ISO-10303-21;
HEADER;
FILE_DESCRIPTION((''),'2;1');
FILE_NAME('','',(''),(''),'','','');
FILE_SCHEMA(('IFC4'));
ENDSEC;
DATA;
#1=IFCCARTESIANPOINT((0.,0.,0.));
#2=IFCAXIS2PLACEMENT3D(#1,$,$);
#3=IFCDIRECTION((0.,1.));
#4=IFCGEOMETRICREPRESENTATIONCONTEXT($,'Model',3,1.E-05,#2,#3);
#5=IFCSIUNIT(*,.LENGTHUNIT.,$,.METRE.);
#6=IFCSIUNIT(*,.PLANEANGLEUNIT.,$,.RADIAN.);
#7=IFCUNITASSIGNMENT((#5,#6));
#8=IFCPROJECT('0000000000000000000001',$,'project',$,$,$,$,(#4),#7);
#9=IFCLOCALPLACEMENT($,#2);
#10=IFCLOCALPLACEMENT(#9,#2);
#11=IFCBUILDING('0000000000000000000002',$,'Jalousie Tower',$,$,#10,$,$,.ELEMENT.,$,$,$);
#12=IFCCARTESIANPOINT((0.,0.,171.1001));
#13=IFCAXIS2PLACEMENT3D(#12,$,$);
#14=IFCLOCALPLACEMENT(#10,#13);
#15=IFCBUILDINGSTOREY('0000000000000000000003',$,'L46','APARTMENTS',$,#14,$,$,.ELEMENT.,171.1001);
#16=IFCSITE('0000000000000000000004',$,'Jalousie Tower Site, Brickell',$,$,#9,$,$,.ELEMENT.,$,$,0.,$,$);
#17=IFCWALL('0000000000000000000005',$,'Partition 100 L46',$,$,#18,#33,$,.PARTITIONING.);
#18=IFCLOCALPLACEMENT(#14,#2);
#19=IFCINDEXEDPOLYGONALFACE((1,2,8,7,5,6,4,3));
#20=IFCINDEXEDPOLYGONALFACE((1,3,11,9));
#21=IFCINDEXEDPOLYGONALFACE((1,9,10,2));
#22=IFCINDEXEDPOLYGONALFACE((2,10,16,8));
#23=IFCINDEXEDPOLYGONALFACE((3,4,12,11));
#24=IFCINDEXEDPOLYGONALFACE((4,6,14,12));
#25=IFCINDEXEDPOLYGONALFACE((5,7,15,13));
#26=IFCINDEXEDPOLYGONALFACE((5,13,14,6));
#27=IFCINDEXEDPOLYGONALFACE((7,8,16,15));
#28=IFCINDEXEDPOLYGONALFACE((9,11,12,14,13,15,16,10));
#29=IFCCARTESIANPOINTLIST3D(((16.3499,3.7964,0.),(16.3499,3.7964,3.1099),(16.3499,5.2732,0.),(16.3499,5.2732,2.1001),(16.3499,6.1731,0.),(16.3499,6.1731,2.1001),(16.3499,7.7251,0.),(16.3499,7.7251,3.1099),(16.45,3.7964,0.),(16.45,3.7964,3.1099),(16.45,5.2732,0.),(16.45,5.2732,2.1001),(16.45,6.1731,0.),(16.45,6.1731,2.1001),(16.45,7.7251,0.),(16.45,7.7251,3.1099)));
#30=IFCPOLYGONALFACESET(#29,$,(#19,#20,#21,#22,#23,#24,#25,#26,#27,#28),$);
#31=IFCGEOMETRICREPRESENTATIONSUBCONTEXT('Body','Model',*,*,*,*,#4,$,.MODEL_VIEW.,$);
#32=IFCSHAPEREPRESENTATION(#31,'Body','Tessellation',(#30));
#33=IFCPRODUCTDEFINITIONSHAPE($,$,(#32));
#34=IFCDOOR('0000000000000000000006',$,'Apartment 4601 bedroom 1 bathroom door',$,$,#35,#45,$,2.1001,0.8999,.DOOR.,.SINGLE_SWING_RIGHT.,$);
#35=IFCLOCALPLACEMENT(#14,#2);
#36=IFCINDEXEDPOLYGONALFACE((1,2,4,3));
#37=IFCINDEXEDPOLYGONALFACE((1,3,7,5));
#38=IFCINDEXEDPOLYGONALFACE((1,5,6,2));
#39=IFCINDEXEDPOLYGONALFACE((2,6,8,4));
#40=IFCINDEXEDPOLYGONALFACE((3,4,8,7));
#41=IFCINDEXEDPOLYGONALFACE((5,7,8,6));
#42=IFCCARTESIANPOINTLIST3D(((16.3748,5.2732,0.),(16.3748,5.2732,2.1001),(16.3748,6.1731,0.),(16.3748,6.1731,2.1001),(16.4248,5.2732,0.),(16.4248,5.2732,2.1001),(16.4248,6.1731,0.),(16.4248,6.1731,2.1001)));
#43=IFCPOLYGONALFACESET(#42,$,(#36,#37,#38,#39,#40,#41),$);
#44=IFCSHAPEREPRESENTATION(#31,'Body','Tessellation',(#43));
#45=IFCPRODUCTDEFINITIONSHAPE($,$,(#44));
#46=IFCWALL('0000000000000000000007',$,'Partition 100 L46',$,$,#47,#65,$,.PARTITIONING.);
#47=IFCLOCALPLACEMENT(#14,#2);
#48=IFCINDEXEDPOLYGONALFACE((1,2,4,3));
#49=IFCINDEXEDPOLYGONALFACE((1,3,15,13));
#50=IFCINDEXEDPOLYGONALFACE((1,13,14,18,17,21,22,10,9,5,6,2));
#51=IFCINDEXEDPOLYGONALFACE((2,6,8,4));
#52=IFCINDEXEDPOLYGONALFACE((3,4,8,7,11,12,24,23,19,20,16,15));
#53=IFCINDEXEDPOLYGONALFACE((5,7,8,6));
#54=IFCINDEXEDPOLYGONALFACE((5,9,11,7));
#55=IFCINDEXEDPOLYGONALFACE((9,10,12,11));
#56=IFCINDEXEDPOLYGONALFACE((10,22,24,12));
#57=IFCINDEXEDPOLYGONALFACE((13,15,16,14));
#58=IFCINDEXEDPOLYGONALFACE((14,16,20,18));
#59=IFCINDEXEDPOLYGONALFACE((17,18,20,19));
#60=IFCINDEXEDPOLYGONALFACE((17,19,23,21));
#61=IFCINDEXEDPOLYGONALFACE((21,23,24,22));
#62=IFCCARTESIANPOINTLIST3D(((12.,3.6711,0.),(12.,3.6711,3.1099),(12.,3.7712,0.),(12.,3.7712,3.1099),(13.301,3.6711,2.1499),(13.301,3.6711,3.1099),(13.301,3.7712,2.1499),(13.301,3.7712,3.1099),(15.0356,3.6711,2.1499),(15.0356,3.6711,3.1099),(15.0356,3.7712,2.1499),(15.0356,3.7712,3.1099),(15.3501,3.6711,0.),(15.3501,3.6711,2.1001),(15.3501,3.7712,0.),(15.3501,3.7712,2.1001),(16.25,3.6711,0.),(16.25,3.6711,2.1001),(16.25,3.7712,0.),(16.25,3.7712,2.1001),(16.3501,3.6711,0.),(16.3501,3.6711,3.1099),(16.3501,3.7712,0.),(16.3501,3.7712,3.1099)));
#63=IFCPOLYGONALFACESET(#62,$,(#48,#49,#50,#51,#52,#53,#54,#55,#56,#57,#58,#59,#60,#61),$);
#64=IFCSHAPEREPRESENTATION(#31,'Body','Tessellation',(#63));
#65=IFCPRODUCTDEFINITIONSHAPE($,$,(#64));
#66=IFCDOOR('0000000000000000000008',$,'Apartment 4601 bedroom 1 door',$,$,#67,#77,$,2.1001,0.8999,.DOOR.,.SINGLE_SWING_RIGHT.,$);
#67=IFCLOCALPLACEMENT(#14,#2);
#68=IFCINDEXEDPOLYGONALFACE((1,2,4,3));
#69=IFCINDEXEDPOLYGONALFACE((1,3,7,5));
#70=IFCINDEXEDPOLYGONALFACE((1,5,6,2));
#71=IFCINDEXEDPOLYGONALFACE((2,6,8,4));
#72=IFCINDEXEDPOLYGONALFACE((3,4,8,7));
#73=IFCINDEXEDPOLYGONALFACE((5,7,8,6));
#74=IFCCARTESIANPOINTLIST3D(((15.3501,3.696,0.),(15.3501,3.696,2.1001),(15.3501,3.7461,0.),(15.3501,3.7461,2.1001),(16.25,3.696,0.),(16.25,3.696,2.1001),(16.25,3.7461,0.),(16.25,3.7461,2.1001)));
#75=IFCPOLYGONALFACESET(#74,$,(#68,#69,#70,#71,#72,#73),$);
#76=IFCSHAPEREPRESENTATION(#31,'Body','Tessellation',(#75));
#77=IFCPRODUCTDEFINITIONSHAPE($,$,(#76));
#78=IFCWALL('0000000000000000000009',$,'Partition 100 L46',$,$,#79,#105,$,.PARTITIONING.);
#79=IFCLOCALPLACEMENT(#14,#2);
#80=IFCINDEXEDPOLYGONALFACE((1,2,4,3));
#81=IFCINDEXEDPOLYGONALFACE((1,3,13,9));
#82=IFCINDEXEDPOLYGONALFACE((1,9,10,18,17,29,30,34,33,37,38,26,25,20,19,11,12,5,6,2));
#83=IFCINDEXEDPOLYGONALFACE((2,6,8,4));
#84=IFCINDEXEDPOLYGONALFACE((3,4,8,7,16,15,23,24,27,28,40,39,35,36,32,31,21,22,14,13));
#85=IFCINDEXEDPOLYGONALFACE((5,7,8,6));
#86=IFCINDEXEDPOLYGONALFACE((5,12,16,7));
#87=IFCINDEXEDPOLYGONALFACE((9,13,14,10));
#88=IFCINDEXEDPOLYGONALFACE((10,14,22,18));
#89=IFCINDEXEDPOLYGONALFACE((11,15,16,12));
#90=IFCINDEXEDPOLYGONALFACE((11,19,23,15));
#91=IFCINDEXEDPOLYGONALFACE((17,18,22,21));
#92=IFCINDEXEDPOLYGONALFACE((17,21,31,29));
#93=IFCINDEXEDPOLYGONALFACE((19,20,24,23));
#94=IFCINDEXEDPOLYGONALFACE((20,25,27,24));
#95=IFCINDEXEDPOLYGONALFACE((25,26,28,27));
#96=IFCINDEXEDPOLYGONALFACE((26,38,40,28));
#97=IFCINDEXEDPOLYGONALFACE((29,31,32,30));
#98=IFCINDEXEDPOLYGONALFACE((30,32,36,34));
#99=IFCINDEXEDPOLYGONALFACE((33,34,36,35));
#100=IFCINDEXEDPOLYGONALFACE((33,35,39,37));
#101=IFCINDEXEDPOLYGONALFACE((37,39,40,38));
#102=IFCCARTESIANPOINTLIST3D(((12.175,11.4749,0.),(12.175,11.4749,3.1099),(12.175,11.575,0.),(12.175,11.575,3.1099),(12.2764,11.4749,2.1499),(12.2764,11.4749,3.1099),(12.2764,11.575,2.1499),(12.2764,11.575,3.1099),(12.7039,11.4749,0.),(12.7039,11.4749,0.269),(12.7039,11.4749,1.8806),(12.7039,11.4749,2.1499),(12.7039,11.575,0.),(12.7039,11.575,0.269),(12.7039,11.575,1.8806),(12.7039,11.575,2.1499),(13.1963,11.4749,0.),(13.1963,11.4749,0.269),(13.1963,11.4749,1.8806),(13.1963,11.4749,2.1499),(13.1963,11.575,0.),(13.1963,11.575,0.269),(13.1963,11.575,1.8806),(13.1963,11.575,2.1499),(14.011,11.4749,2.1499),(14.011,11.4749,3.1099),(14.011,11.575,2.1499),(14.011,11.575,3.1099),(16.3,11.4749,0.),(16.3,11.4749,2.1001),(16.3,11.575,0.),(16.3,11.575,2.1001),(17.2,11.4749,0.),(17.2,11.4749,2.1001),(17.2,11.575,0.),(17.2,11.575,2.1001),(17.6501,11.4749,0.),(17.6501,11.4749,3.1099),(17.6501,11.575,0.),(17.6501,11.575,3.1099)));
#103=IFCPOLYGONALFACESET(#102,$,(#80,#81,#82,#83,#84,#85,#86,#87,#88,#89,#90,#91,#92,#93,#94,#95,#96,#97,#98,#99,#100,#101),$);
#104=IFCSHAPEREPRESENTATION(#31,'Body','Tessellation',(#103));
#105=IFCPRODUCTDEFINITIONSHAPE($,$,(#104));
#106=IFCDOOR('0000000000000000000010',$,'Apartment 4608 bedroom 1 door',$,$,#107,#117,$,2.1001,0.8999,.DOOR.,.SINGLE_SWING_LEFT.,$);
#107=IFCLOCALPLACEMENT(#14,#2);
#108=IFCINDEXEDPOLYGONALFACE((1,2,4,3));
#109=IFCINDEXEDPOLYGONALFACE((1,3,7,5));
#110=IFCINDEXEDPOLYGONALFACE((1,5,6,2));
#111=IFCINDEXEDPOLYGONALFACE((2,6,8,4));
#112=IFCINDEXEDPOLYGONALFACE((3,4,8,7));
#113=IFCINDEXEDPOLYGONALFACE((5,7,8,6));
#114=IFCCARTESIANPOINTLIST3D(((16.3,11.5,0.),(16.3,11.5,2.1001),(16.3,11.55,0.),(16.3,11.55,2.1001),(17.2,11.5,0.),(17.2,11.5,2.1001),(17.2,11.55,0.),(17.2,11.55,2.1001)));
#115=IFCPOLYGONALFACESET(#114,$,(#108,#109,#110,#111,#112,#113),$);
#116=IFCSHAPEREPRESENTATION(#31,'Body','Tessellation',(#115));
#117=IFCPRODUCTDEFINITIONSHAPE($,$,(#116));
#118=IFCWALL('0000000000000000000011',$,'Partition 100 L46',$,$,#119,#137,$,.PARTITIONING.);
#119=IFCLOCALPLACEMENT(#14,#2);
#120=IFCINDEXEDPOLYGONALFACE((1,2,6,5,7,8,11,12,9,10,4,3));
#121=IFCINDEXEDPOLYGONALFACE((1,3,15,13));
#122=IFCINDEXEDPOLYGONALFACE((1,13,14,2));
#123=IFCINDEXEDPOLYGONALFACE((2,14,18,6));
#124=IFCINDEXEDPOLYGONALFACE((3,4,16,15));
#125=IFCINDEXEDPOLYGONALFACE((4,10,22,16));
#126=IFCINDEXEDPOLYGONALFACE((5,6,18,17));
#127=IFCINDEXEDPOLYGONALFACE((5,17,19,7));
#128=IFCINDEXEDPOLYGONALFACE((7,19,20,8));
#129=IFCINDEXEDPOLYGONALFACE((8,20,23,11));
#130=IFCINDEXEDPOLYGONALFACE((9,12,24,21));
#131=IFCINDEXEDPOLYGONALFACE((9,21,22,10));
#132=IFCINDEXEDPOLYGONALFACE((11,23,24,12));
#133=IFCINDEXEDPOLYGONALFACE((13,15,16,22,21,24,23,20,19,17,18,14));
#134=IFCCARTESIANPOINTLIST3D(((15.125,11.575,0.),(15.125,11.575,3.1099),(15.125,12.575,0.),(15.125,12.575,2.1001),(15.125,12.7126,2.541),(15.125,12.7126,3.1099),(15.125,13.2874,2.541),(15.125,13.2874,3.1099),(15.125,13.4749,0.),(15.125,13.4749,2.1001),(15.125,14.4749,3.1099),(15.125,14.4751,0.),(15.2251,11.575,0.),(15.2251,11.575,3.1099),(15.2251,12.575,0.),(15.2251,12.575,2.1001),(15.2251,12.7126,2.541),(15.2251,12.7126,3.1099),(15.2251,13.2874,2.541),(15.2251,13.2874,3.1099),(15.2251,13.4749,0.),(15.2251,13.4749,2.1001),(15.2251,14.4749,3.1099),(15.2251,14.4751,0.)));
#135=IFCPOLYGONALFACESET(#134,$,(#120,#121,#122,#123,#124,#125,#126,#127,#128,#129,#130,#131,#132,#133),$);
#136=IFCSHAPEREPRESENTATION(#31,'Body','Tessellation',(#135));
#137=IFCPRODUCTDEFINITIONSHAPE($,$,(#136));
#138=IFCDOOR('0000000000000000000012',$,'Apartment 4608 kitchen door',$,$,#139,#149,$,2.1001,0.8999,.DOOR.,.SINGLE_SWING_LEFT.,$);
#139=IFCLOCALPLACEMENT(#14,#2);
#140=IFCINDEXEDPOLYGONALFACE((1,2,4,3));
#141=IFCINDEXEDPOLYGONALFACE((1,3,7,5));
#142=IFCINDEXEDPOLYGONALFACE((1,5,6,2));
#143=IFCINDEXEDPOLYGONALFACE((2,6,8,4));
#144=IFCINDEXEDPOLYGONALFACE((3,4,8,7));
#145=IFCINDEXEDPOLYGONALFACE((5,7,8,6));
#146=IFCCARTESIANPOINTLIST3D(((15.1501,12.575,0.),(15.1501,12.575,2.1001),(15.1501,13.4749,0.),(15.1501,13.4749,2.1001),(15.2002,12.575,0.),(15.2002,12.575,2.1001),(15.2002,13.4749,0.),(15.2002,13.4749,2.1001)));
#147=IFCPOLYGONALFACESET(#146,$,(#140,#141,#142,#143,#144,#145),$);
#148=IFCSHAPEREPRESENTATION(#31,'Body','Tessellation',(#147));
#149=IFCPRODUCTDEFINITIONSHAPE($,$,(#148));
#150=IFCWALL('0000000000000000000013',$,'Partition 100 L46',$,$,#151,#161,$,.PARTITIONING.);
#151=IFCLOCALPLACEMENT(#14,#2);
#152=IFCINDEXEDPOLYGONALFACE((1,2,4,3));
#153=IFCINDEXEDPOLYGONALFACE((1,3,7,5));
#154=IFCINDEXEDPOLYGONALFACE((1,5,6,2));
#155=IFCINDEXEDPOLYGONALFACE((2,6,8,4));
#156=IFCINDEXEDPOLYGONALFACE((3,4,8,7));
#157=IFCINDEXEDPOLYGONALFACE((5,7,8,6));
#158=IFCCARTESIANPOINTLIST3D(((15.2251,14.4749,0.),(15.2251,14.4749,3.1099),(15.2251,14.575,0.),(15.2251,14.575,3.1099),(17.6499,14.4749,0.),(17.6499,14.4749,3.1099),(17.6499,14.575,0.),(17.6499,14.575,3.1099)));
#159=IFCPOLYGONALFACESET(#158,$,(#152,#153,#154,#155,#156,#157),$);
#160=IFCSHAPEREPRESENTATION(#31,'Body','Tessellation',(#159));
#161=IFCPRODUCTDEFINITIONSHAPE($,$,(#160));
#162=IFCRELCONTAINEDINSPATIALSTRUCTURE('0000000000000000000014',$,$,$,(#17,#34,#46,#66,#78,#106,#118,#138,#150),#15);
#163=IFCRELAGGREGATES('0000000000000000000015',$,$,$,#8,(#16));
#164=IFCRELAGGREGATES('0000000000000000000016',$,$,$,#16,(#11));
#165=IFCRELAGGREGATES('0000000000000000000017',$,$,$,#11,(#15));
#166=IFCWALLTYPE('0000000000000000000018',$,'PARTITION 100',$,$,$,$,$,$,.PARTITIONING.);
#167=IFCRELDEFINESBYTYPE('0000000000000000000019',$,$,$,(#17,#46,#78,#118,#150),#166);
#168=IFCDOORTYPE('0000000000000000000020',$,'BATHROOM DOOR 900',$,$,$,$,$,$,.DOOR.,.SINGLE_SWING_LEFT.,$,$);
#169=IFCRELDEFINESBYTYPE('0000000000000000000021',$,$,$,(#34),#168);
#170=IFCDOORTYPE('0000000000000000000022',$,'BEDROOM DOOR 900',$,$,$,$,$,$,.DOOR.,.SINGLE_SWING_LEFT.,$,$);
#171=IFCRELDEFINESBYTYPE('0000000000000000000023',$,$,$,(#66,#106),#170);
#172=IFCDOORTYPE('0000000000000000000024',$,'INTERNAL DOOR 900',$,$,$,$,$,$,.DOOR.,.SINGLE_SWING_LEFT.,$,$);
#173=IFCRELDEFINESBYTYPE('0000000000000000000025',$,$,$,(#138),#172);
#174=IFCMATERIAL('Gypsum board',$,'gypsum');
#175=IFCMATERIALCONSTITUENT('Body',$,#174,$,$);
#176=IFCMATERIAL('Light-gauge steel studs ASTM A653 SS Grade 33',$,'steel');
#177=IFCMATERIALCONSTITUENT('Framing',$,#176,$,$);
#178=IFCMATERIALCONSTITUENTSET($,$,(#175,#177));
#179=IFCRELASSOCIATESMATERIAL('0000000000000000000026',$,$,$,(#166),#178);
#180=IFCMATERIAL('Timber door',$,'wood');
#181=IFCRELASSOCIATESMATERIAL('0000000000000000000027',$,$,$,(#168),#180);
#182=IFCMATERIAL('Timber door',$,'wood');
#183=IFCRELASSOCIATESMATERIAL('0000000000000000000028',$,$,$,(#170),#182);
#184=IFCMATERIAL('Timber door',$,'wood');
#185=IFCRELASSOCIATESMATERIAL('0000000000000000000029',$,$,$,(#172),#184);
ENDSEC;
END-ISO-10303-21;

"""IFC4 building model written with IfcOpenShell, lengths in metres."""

from ifc_helpers import new_model, si_unit, direction, frame, frame_2d, origin, place, context, subcontext, project, spatial, polyline, rectangle, outline, extrude, material, constituent, constituent_set, type_object, element, fill, save


model = new_model("IFC4")

# Units and contexts
model_context = context("Model", 3, precision=1e-05, world=origin(), true_north=direction((0.0, 1.0)))
body_context = subcontext(model_context, "Body", "Model", "MODEL_VIEW")
ifc_project = project(units=[si_unit("LENGTHUNIT", "METRE"), si_unit("PLANEANGLEUNIT", "RADIAN")], contexts=[model_context])

# Site, building, storey
site_placement = place(None, origin())
site = spatial("IfcSite", under=ifc_project, at=site_placement, Name="Jalousie Tower Site, Brickell", CompositionType="ELEMENT", RefElevation=0.0)
building_placement = place(site_placement, origin())
building = spatial("IfcBuilding", under=site, at=building_placement, Name="Jalousie Tower", CompositionType="ELEMENT")
storey_placement = place(building_placement, frame((0.0, 0.0, 171.1001)))
storey = spatial("IfcBuildingStorey", under=building, at=storey_placement, Name="L46", Description="APARTMENTS", CompositionType="ELEMENT", Elevation=171.1001)

# Walls, openings, doors
ifc_material_1 = material(Name="Gypsum board", Category="gypsum")
ifc_constituent_1 = constituent(ifc_material_1, Name="Body")
ifc_material_2 = material(Name="Light-gauge steel studs ASTM A653 SS Grade 33", Category="steel")
ifc_constituent_2 = constituent(ifc_material_2, Name="Framing")
ifc_constituent_set_1 = constituent_set(constituents=[ifc_constituent_1, ifc_constituent_2])
wall_type_1 = type_object("IfcWallType", Name="PARTITION 100", PredefinedType="PARTITIONING", material=ifc_constituent_set_1)
wall_1_placement = place(storey_placement, frame((16.3999, 3.7964, 0.0), z_axis=(0.0, 0.0, 1.0), x_axis=(0.0, 1.0, 0.0)))
wall_1 = element("IfcWall", 1, at=wall_1_placement, inside=storey, type_object=wall_type_1, Name="Partition 100 L46", PredefinedType="PARTITIONING", context=body_context, shape_type="SweptSolid", body=[
    extrude(rectangle(XDim=3.9287, YDim=0.1001, at=frame_2d((1.9644, 0.0))), origin(), (0.0, 0.0, 1.0), 3.1099),
])
opening_1_placement = place(wall_1_placement, frame((1.4768, 0.0, 0.0)))
opening_1 = element("IfcOpeningElement", 2, at=opening_1_placement, cuts=wall_1, PredefinedType="OPENING", context=body_context, shape_type="SweptSolid", body=[
    extrude(rectangle(XDim=0.8999, YDim=2.1001, at=frame_2d((0.45, 1.05))), frame((0.0, 0.0601, 0.0), z_axis=(0.0, -1.0, 0.0), x_axis=(1.0, 0.0, 0.0)), (0.0, 0.0, 1.0), 0.1201),
])
ifc_material_3 = material(Name="Timber door", Category="wood")
door_type_1 = type_object("IfcDoorType", Name="BATHROOM DOOR 900", OperationType="SINGLE_SWING_LEFT", PredefinedType="DOOR", material=ifc_material_3)
door_1_placement = place(opening_1_placement, frame((0.8999, 0.0, 0.0), z_axis=(0.0, 0.0, 1.0), x_axis=(-1.0, 0.0, 0.0)))
door_1 = element("IfcDoor", 3, at=door_1_placement, inside=storey, type_object=door_type_1, Name="Apartment 4601 bedroom 1 bathroom door", OperationType="SINGLE_SWING_RIGHT", OverallHeight=2.1001, OverallWidth=0.8999, PredefinedType="DOOR", context=body_context, shape_type="SweptSolid", body=[
    extrude(rectangle(XDim=0.8999, YDim=2.1001, at=frame_2d((0.45, 1.05))), frame((0.0, 0.0249, 0.0), z_axis=(0.0, -1.0, 0.0), x_axis=(1.0, 0.0, 0.0)), (0.0, 0.0, 1.0), 0.05),
])
fill(opening_1, door_1)
wall_2_placement = place(storey_placement, frame((16.3501, 3.7212, 0.0), z_axis=(0.0, 0.0, 1.0), x_axis=(-1.0, 0.0, 0.0)))
wall_2 = element("IfcWall", 4, at=wall_2_placement, inside=storey, type_object=wall_type_1, Name="Partition 100 L46", PredefinedType="PARTITIONING", context=body_context, shape_type="SweptSolid", body=[
    extrude(outline(polyline([(0.0, 0.0), (4.3501, 0.0), (4.3501, 3.1099), (3.0491, 3.1099), (3.0491, 2.1499), (1.3145, 2.1499), (1.3145, 3.1099), (0.0, 3.1099), (0.0, 0.0)])), frame((0.0, 0.05, 0.0), z_axis=(0.0, -1.0, 0.0), x_axis=(1.0, 0.0, 0.0)), (0.0, 0.0, 1.0), 0.1001),
])
opening_2_placement = place(wall_2_placement, frame((0.1001, 0.0, 0.0)))
opening_2 = element("IfcOpeningElement", 5, at=opening_2_placement, cuts=wall_2, PredefinedType="OPENING", context=body_context, shape_type="SweptSolid", body=[
    extrude(rectangle(XDim=0.8999, YDim=2.1001, at=frame_2d((0.45, 1.05))), frame((0.0, 0.0601, 0.0), z_axis=(0.0, -1.0, 0.0), x_axis=(1.0, 0.0, 0.0)), (0.0, 0.0, 1.0), 0.1201),
])
ifc_material_4 = material(Name="Timber door", Category="wood")
door_type_2 = type_object("IfcDoorType", Name="BEDROOM DOOR 900", OperationType="SINGLE_SWING_LEFT", PredefinedType="DOOR", material=ifc_material_4)
door_2_placement = place(opening_2_placement, frame((0.8999, 0.0, 0.0), z_axis=(0.0, 0.0, 1.0), x_axis=(-1.0, 0.0, 0.0)))
door_2 = element("IfcDoor", 6, at=door_2_placement, inside=storey, type_object=door_type_2, Name="Apartment 4601 bedroom 1 door", OperationType="SINGLE_SWING_RIGHT", OverallHeight=2.1001, OverallWidth=0.8999, PredefinedType="DOOR", context=body_context, shape_type="SweptSolid", body=[
    extrude(rectangle(XDim=0.8999, YDim=2.1001, at=frame_2d((0.45, 1.05))), frame((0.0, 0.0249, 0.0), z_axis=(0.0, -1.0, 0.0), x_axis=(1.0, 0.0, 0.0)), (0.0, 0.0, 1.0), 0.05),
])
fill(opening_2, door_2)
wall_3_placement = place(storey_placement, frame((12.175, 11.5249, 0.0), z_axis=(0.0, 0.0, 1.0), x_axis=(1.0, 0.0, 0.0)))
wall_3 = element("IfcWall", 7, at=wall_3_placement, inside=storey, type_object=wall_type_1, Name="Partition 100 L46", PredefinedType="PARTITIONING", context=body_context, shape_type="SweptSolid", body=[
    extrude(outline(polyline([(0.1013, 3.1099), (0.0, 3.1099), (0.0, 0.0), (0.5288, 0.0), (0.5288, 0.269), (1.0212, 0.269), (1.0212, 0.0), (5.4751, 0.0), (5.4751, 3.1099), (1.8359, 3.1099), (1.8359, 2.1499), (1.0212, 2.1499), (1.0212, 1.8806), (0.5288, 1.8806), (0.5288, 2.1499), (0.1013, 2.1499), (0.1013, 3.1099)])), frame((0.0, 0.05, 0.0), z_axis=(0.0, -1.0, 0.0), x_axis=(1.0, 0.0, 0.0)), (0.0, 0.0, 1.0), 0.1001),
])
opening_3_placement = place(wall_3_placement, frame((4.125, 0.0, 0.0)))
opening_3 = element("IfcOpeningElement", 8, at=opening_3_placement, cuts=wall_3, PredefinedType="OPENING", context=body_context, shape_type="SweptSolid", body=[
    extrude(rectangle(XDim=0.8999, YDim=2.1001, at=frame_2d((0.45, 1.05))), frame((0.0, 0.0601, 0.0), z_axis=(0.0, -1.0, 0.0), x_axis=(1.0, 0.0, 0.0)), (0.0, 0.0, 1.0), 0.1201),
])
door_3_placement = place(opening_3_placement, frame((0.8999, 0.0, 0.0), z_axis=(0.0, 0.0, 1.0), x_axis=(-1.0, 0.0, 0.0)))
door_3 = element("IfcDoor", 9, at=door_3_placement, inside=storey, type_object=door_type_2, Name="Apartment 4608 bedroom 1 door", OperationType="SINGLE_SWING_LEFT", OverallHeight=2.1001, OverallWidth=0.8999, PredefinedType="DOOR", context=body_context, shape_type="SweptSolid", body=[
    extrude(rectangle(XDim=0.8999, YDim=2.1001, at=frame_2d((0.45, 1.05))), frame((0.0, 0.0249, 0.0), z_axis=(0.0, -1.0, 0.0), x_axis=(1.0, 0.0, 0.0)), (0.0, 0.0, 1.0), 0.05),
])
fill(opening_3, door_3)
wall_4_placement = place(storey_placement, frame((15.175, 11.575, 0.0), z_axis=(0.0, 0.0, 1.0), x_axis=(0.0, 1.0, 0.0)))
wall_4 = element("IfcWall", 10, at=wall_4_placement, inside=storey, type_object=wall_type_1, Name="Partition 100 L46", PredefinedType="PARTITIONING", context=body_context, shape_type="SweptSolid", body=[
    extrude(outline(polyline([(0.0, 0.0), (2.9001, 0.0), (2.8999, 3.1099), (1.7124, 3.1099), (1.7124, 2.541), (1.1377, 2.541), (1.1377, 3.1099), (0.0, 3.1099), (0.0, 0.0)])), frame((0.0, 0.05, 0.0), z_axis=(0.0, -1.0, 0.0), x_axis=(1.0, 0.0, 0.0)), (0.0, 0.0, 1.0), 0.1001),
])
opening_4_placement = place(wall_4_placement, frame((1.0, 0.0, 0.0)))
opening_4 = element("IfcOpeningElement", 11, at=opening_4_placement, cuts=wall_4, PredefinedType="OPENING", context=body_context, shape_type="SweptSolid", body=[
    extrude(rectangle(XDim=0.8999, YDim=2.1001, at=frame_2d((0.45, 1.05))), frame((0.0, 0.0601, 0.0), z_axis=(0.0, -1.0, 0.0), x_axis=(1.0, 0.0, 0.0)), (0.0, 0.0, 1.0), 0.1201),
])
ifc_material_5 = material(Name="Timber door", Category="wood")
door_type_3 = type_object("IfcDoorType", Name="INTERNAL DOOR 900", OperationType="SINGLE_SWING_LEFT", PredefinedType="DOOR", material=ifc_material_5)
door_4_placement = place(opening_4_placement, origin())
door_4 = element("IfcDoor", 12, at=door_4_placement, inside=storey, type_object=door_type_3, Name="Apartment 4608 kitchen door", OperationType="SINGLE_SWING_LEFT", OverallHeight=2.1001, OverallWidth=0.8999, PredefinedType="DOOR", context=body_context, shape_type="SweptSolid", body=[
    extrude(rectangle(XDim=0.8999, YDim=2.1001, at=frame_2d((0.45, 1.05))), frame((0.0, 0.0249, 0.0), z_axis=(0.0, -1.0, 0.0), x_axis=(1.0, 0.0, 0.0)), (0.0, 0.0, 1.0), 0.05),
])
fill(opening_4, door_4)

# Wall
wall_5_placement = place(storey_placement, frame((15.2251, 14.5249, 0.0), z_axis=(0.0, 0.0, 1.0), x_axis=(1.0, 0.0, 0.0)))
element("IfcWall", 13, at=wall_5_placement, inside=storey, type_object=wall_type_1, Name="Partition 100 L46", PredefinedType="PARTITIONING", context=body_context, shape_type="SweptSolid", body=[
    extrude(rectangle(XDim=2.4248, YDim=0.1001, at=frame_2d((1.2124, 0.0))), origin(), (0.0, 0.0, 1.0), 3.1099),
])

save(model, "model.ifc")
